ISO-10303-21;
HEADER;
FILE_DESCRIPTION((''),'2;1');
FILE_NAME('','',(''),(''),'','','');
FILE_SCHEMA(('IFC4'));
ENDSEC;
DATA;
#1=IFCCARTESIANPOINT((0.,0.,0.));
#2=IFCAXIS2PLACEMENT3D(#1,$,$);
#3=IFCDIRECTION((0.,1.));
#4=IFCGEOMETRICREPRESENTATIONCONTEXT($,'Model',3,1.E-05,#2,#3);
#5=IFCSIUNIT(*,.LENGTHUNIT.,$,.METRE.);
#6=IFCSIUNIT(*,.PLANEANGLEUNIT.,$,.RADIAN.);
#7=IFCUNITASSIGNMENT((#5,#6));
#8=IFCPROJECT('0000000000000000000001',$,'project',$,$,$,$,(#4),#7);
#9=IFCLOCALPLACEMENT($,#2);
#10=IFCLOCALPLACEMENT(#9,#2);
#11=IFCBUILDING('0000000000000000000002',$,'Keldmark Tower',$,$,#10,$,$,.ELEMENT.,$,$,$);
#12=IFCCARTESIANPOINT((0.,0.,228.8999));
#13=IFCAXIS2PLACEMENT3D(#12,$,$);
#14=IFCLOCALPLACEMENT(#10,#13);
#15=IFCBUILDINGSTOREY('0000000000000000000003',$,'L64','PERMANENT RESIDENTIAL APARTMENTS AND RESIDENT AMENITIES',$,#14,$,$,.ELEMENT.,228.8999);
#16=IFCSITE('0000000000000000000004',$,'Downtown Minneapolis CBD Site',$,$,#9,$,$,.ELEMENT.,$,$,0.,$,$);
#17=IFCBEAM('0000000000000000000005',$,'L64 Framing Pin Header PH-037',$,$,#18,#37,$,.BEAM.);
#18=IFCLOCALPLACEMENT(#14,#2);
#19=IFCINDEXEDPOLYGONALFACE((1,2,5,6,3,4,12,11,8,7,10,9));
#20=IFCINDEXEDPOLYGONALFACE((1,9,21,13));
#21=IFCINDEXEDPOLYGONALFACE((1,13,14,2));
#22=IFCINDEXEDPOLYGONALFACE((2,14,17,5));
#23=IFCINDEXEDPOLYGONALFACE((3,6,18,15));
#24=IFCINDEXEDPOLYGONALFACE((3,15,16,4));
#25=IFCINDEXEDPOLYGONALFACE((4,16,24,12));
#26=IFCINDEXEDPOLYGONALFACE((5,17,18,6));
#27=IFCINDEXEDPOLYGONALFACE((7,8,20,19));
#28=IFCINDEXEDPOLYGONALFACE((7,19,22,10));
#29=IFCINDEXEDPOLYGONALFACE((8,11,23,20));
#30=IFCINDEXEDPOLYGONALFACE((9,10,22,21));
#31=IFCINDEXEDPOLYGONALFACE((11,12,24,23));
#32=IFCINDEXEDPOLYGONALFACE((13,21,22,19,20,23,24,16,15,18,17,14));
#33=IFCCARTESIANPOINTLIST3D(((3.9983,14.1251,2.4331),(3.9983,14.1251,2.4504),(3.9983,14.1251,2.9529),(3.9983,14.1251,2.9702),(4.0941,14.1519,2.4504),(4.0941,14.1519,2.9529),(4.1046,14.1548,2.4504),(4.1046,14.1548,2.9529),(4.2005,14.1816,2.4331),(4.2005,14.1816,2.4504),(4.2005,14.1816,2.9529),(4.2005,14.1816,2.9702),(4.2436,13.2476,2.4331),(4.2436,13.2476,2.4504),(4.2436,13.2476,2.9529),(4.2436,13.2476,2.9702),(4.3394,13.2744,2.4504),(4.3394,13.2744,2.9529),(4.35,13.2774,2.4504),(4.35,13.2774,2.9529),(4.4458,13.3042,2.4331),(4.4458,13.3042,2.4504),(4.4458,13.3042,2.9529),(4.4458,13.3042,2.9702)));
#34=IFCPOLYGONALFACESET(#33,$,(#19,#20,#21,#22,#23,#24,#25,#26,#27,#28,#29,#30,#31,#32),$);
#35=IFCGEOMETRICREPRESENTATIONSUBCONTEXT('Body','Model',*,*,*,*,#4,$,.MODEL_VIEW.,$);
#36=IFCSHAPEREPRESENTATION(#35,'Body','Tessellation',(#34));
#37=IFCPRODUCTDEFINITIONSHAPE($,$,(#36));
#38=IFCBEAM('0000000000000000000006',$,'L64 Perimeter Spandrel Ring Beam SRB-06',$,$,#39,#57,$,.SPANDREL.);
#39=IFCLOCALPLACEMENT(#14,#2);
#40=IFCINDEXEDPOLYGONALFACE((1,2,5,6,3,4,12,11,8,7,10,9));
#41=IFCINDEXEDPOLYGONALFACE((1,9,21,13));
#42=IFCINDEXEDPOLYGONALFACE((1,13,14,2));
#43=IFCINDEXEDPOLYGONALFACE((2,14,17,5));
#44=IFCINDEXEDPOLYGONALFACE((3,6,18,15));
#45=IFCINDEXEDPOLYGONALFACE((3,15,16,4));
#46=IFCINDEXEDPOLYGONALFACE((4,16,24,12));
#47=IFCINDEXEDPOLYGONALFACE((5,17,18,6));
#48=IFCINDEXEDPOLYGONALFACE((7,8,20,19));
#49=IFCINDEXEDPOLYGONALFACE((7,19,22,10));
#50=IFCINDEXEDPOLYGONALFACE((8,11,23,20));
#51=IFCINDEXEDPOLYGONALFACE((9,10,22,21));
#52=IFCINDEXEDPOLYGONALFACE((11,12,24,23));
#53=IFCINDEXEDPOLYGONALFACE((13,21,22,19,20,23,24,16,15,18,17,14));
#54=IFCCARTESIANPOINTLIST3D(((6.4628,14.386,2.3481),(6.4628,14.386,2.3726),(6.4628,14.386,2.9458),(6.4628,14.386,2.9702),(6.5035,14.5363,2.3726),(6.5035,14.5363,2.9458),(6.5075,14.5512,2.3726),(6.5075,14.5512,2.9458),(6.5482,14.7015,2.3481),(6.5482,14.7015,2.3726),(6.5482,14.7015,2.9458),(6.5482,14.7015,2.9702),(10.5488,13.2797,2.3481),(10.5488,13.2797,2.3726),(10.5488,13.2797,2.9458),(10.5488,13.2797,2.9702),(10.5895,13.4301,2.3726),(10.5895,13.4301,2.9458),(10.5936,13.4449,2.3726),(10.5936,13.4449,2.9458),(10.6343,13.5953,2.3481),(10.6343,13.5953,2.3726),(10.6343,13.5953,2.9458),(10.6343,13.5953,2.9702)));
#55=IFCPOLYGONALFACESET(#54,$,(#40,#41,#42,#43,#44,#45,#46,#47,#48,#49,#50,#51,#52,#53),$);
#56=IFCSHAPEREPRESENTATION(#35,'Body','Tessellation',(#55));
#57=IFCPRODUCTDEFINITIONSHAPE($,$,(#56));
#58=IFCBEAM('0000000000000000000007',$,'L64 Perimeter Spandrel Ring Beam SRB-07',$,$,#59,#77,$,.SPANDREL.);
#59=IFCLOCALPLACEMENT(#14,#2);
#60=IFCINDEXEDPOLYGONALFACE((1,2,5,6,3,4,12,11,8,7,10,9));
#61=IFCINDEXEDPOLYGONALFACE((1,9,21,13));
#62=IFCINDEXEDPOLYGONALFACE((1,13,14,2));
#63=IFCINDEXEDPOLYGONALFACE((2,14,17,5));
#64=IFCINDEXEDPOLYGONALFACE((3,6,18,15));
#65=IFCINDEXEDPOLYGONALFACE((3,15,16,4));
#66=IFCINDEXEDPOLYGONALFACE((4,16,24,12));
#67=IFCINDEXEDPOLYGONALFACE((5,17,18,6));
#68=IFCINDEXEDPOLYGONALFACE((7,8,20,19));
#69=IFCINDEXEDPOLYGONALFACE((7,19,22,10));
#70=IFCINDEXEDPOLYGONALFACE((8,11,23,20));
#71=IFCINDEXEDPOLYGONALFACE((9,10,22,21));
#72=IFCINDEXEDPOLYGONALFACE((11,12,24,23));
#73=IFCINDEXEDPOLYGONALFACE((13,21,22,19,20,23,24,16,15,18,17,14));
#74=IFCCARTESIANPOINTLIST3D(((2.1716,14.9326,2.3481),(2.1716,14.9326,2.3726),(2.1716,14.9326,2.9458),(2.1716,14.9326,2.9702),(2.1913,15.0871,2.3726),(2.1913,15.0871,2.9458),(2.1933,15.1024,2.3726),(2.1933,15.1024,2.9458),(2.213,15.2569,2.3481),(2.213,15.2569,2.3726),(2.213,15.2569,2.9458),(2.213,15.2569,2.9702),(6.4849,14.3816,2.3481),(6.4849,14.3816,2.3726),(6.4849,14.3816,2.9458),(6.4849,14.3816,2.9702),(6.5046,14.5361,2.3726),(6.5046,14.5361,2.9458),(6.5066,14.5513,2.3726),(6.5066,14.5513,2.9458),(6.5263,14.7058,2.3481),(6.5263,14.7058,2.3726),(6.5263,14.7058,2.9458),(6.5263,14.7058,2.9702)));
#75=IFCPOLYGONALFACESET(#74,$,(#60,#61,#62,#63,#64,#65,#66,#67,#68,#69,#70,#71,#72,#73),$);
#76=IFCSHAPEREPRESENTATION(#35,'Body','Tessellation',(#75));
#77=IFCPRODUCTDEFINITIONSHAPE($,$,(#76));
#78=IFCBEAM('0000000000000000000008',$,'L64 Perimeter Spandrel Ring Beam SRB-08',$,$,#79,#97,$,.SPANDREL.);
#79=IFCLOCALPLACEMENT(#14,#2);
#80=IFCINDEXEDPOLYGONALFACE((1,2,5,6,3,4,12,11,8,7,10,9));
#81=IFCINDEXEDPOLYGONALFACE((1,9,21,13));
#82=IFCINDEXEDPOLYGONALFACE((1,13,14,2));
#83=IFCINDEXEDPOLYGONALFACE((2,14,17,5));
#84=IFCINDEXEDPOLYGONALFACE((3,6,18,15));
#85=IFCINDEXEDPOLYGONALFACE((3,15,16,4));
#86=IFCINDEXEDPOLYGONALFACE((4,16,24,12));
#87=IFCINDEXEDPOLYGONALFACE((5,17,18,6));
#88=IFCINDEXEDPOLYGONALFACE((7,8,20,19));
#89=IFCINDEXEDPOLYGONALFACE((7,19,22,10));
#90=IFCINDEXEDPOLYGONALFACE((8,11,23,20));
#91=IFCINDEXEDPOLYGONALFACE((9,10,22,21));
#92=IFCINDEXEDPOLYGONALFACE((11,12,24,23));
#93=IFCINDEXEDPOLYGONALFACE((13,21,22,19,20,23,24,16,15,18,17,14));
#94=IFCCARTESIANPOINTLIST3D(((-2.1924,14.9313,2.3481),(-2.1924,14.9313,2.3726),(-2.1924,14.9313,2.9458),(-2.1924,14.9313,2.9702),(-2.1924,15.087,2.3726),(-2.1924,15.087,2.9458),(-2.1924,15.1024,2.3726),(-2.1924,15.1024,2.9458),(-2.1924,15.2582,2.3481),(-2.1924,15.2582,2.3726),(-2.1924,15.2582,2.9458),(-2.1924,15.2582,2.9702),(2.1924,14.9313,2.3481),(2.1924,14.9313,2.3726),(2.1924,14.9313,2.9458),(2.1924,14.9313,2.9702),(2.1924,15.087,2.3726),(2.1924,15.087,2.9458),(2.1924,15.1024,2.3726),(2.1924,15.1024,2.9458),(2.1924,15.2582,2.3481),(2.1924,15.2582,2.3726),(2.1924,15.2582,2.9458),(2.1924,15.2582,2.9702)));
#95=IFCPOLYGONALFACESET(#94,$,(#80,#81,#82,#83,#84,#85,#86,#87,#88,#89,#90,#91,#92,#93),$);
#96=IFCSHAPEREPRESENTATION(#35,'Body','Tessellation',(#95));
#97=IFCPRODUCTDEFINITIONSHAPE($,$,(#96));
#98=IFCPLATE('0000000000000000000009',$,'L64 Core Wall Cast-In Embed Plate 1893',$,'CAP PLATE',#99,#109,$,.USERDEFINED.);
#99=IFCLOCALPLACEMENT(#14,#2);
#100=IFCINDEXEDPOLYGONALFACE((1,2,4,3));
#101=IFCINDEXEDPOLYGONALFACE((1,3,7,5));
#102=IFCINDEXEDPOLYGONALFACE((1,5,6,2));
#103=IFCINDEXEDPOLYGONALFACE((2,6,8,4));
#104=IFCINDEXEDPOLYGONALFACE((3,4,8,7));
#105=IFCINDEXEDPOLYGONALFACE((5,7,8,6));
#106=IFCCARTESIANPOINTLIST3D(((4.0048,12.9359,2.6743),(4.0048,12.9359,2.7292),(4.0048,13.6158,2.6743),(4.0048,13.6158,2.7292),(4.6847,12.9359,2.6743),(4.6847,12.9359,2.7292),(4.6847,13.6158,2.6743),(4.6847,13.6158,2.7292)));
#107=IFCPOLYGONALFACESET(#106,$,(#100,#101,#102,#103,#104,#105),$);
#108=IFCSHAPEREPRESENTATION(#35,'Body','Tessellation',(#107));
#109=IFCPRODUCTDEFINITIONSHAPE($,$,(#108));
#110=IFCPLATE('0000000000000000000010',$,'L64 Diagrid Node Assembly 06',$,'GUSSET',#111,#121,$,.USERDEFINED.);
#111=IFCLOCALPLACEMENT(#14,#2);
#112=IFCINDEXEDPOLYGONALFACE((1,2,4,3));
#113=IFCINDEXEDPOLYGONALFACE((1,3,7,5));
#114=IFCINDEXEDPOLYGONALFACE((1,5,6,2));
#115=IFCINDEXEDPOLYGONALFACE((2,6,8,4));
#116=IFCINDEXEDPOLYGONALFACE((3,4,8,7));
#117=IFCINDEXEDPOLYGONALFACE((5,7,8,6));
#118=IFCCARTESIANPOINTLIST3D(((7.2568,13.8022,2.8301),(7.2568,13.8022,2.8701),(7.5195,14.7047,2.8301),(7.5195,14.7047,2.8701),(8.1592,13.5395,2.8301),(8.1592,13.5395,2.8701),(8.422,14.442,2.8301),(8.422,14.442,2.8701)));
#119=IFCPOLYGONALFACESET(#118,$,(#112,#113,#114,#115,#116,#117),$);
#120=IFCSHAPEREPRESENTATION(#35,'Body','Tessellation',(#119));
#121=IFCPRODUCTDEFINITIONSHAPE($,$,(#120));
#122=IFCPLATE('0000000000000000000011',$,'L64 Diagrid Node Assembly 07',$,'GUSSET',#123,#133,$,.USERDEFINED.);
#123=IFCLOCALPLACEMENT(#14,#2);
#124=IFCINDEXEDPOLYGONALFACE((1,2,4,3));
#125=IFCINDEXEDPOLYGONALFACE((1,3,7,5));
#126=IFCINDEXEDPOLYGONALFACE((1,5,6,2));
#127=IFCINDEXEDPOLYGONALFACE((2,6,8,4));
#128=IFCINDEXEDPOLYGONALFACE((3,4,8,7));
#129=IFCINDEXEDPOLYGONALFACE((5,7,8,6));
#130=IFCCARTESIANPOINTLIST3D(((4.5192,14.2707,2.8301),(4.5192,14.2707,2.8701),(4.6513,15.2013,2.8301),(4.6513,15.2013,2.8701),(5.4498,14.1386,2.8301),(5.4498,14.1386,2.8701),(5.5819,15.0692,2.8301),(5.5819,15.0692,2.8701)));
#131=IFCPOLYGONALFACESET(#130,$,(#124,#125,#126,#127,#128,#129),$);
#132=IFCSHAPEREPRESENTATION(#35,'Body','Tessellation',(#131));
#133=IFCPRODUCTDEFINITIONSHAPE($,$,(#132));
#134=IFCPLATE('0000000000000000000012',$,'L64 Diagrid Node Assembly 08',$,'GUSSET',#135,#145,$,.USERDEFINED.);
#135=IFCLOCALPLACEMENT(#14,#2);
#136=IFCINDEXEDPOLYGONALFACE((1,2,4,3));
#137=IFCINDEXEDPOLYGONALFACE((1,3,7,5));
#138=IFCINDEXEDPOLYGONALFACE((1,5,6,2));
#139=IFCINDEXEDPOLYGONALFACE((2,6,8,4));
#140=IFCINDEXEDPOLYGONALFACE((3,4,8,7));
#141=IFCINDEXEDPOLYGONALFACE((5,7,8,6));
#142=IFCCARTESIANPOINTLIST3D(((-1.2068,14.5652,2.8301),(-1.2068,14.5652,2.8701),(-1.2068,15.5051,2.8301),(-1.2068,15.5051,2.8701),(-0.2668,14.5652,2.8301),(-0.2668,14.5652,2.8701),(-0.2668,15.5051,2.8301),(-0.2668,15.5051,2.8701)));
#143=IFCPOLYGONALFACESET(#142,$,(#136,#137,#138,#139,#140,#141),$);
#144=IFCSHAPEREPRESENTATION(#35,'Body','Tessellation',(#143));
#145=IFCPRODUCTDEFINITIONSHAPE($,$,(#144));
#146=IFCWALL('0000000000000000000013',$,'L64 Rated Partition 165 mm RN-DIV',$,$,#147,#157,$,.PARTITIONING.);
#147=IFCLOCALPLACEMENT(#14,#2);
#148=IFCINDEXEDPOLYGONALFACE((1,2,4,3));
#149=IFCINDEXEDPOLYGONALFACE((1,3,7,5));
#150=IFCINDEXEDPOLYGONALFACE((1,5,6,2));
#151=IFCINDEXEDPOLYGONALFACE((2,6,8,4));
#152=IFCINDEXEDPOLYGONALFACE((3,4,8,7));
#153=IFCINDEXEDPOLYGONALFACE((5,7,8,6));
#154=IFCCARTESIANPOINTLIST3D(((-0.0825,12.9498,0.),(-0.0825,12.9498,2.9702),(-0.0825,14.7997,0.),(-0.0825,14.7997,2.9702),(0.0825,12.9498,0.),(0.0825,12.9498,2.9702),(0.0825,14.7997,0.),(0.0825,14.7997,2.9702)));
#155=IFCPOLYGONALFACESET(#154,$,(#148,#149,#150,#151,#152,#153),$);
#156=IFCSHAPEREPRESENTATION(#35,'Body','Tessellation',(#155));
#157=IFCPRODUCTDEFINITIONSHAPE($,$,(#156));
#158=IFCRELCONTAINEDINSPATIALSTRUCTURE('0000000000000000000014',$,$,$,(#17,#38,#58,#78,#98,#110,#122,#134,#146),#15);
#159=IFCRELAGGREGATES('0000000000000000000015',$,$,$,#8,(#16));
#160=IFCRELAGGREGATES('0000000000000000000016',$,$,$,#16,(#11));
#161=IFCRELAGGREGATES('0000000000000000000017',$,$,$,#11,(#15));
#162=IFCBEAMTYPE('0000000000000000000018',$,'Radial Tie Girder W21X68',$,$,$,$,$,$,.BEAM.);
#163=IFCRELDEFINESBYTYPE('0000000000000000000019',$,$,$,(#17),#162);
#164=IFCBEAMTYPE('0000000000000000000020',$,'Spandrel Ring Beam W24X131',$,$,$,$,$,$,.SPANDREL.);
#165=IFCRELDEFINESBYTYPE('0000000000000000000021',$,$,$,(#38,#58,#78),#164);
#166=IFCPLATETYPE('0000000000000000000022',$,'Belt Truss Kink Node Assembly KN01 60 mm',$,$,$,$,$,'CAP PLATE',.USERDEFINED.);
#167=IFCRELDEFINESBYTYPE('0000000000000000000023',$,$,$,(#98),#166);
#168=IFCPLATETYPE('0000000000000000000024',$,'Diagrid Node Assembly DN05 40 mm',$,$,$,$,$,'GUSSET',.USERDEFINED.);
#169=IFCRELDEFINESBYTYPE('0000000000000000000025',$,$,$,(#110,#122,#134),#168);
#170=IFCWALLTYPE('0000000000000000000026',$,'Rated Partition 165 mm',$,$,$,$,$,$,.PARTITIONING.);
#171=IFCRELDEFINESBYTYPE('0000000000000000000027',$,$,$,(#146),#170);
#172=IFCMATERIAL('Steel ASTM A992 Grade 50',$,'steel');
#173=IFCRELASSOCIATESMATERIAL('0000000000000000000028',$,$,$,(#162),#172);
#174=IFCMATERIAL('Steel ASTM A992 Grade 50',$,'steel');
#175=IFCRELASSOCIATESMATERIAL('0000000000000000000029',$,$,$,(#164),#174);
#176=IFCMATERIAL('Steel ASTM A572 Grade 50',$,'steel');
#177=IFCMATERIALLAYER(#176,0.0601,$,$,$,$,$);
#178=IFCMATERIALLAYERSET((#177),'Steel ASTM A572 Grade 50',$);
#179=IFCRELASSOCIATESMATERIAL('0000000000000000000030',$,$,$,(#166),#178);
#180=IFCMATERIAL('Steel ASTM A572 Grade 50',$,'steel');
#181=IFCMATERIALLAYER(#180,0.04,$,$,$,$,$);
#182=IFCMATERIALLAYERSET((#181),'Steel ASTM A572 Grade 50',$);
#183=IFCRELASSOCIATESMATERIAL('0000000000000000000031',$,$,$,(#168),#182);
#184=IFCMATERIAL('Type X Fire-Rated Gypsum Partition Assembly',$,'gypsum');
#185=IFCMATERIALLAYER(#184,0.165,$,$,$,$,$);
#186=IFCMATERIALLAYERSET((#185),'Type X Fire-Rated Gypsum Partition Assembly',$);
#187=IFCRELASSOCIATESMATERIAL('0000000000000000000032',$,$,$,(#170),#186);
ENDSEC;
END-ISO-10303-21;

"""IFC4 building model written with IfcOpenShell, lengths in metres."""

from ifc_helpers import new_model, si_unit, direction, frame, frame_2d, origin, origin_2d, place, context, subcontext, project, spatial, rectangle, i_section, extrude, material, layer, layer_set, material_profile, profile_set, type_object, element, save


model = new_model("IFC4")

# Units and contexts
model_context = context("Model", 3, precision=1e-05, world=origin(), true_north=direction((0.0, 1.0)))
body_context = subcontext(model_context, "Body", "Model", "MODEL_VIEW")
ifc_project = project(units=[si_unit("LENGTHUNIT", "METRE"), si_unit("PLANEANGLEUNIT", "RADIAN")], contexts=[model_context])

# Site, building, storey
site_placement = place(None, origin())
site = spatial("IfcSite", under=ifc_project, at=site_placement, Name="Downtown Minneapolis CBD Site", CompositionType="ELEMENT", RefElevation=0.0)
building_placement = place(site_placement, origin())
building = spatial("IfcBuilding", under=site, at=building_placement, Name="Keldmark Tower", CompositionType="ELEMENT")
storey_placement = place(building_placement, frame((0.0, 0.0, 228.8999)))
storey = spatial("IfcBuildingStorey", under=building, at=storey_placement, Name="L64", Description="PERMANENT RESIDENTIAL APARTMENTS AND RESIDENT AMENITIES", CompositionType="ELEMENT", Elevation=228.8999)

# Beams
ifc_material_1 = material(Name="Steel ASTM A992 Grade 50", Category="steel")
ifc_material_profile_1 = material_profile(ifc_material_1, i_section(OverallWidth=0.21, OverallDepth=0.5371, WebThickness=0.011, FlangeThickness=0.0173, at=origin_2d()), Name="W21X68")
ifc_profile_set_1 = profile_set([ifc_material_profile_1], Name="Steel ASTM A992 Grade 50")
beam_type_1 = type_object("IfcBeamType", Name="Radial Tie Girder W21X68", PredefinedType="BEAM", material=ifc_profile_set_1)
beam_1_placement = place(storey_placement, frame((4.3447, 13.2759, 2.7017), z_axis=(-0.269302, 0.963056, 0.0), x_axis=(-0.963056, -0.269302, 0.0)))
element("IfcBeam", 1, at=beam_1_placement, inside=storey, type_object=beam_type_1, Name="L64 Framing Pin Header PH-037", PredefinedType="BEAM", context=body_context, shape_type="SweptSolid", body=[
    extrude(i_section(OverallWidth=0.21, OverallDepth=0.5371, WebThickness=0.011, FlangeThickness=0.0173, at=origin_2d()), origin(), (0.0, 0.0, 1.0), 0.9111),
])
ifc_material_2 = material(Name="Steel ASTM A992 Grade 50", Category="steel")
ifc_material_profile_2 = material_profile(ifc_material_2, i_section(OverallWidth=0.3269, OverallDepth=0.6221, WebThickness=0.0154, FlangeThickness=0.0244, at=origin_2d()), Name="W24X131")
ifc_profile_set_2 = profile_set([ifc_material_profile_2], Name="Steel ASTM A992 Grade 50")
beam_type_2 = type_object("IfcBeamType", Name="Spandrel Ring Beam W24X131", PredefinedType="SPANDREL", material=ifc_profile_set_2)
beam_2_placement = place(storey_placement, frame((10.5916, 13.4375, 2.6592), z_axis=(-0.965251, 0.261326, 0.0), x_axis=(-0.261326, -0.965251, 0.0)))
element("IfcBeam", 2, at=beam_2_placement, inside=storey, type_object=beam_type_2, Name="L64 Perimeter Spandrel Ring Beam SRB-06", PredefinedType="SPANDREL", context=body_context, shape_type="SweptSolid", body=[
    extrude(i_section(OverallWidth=0.3269, OverallDepth=0.6221, WebThickness=0.0154, FlangeThickness=0.0244, at=origin_2d()), origin(), (0.0, 0.0, 1.0), 4.2332),
])
beam_3_placement = place(storey_placement, frame((6.5056, 14.5437, 2.6592), z_axis=(-0.991938, 0.126722, 0.0), x_axis=(-0.126722, -0.991938, 0.0)))
element("IfcBeam", 3, at=beam_3_placement, inside=storey, type_object=beam_type_2, Name="L64 Perimeter Spandrel Ring Beam SRB-07", PredefinedType="SPANDREL", context=body_context, shape_type="SweptSolid", body=[
    extrude(i_section(OverallWidth=0.3269, OverallDepth=0.6221, WebThickness=0.0154, FlangeThickness=0.0244, at=origin_2d()), origin(), (0.0, 0.0, 1.0), 4.3484),
])
beam_4_placement = place(storey_placement, frame((2.1924, 15.0947, 2.6592), z_axis=(-1.0, 0.0, 0.0), x_axis=(0.0, -1.0, 0.0)))
element("IfcBeam", 4, at=beam_4_placement, inside=storey, type_object=beam_type_2, Name="L64 Perimeter Spandrel Ring Beam SRB-08", PredefinedType="SPANDREL", context=body_context, shape_type="SweptSolid", body=[
    extrude(i_section(OverallWidth=0.3269, OverallDepth=0.6221, WebThickness=0.0154, FlangeThickness=0.0244, at=origin_2d()), origin(), (0.0, 0.0, 1.0), 4.3848),
])

# Plates
ifc_material_3 = material(Name="Steel ASTM A572 Grade 50", Category="steel")
ifc_layer_1 = layer(ifc_material_3, 0.0601)
ifc_layer_set_1 = layer_set([ifc_layer_1], Name="Steel ASTM A572 Grade 50")
plate_type_1 = type_object("IfcPlateType", Name="Belt Truss Kink Node Assembly KN01 60 mm", ElementType="CAP PLATE", PredefinedType="USERDEFINED", material=ifc_layer_set_1)
plate_placement = place(storey_placement, frame((4.3447, 13.2759, 2.6743), z_axis=(0.0, 0.0, 1.0), x_axis=(1.0, 0.0, 0.0)))
element("IfcPlate", 5, at=plate_placement, inside=storey, type_object=plate_type_1, Name="L64 Core Wall Cast-In Embed Plate 1893", ObjectType="CAP PLATE", PredefinedType="USERDEFINED", context=body_context, shape_type="SweptSolid", body=[
    extrude(rectangle(XDim=0.6799, YDim=0.6799, at=origin_2d()), origin(), (0.0, 0.0, 1.0), 0.0549),
])
ifc_material_4 = material(Name="Steel ASTM A572 Grade 50", Category="steel")
ifc_layer_2 = layer(ifc_material_4, 0.04)
ifc_layer_set_2 = layer_set([ifc_layer_2], Name="Steel ASTM A572 Grade 50")
plate_type_2 = type_object("IfcPlateType", Name="Diagrid Node Assembly DN05 40 mm", ElementType="GUSSET", PredefinedType="USERDEFINED", material=ifc_layer_set_2)
for number, where, z_axis, x_axis, name in (
    (6, (7.8394, 14.1221, 2.8301), (0.0, 0.0, 1.0), (-0.960147, 0.279494, 0.0), "L64 Diagrid Node Assembly 06"),
    (7, (5.0505, 14.6699, 2.8301), (0.0, 0.0, 1.0), (-0.990073, 0.140556, 0.0), "L64 Diagrid Node Assembly 07"),
    (8, (-0.7368, 15.0352, 2.8301), (0.0, 0.0, 1.0), (-1.0, 0.0, 0.0), "L64 Diagrid Node Assembly 08"),
):
    element("IfcPlate", number, at=place(storey_placement, frame(where, z_axis=z_axis, x_axis=x_axis)), inside=storey, type_object=plate_type_2, Name=name, ObjectType="GUSSET", PredefinedType="USERDEFINED", context=body_context, shape_type="SweptSolid", body=[
        extrude(rectangle(XDim=0.9399, YDim=0.9399, at=origin_2d()), origin(), (0.0, 0.0, 1.0), 0.04),
    ])

# Wall
ifc_material_5 = material(Name="Type X Fire-Rated Gypsum Partition Assembly", Category="gypsum")
ifc_layer_3 = layer(ifc_material_5, 0.165)
ifc_layer_set_3 = layer_set([ifc_layer_3], Name="Type X Fire-Rated Gypsum Partition Assembly")
wall_type_1 = type_object("IfcWallType", Name="Rated Partition 165 mm", PredefinedType="PARTITIONING", material=ifc_layer_set_3)
wall_1_placement = place(storey_placement, frame((0.0, 12.95, 0.0), z_axis=(0.0, 0.0, 1.0), x_axis=(0.0, 1.0, 0.0)))
element("IfcWall", 9, at=wall_1_placement, inside=storey, type_object=wall_type_1, Name="L64 Rated Partition 165 mm RN-DIV", PredefinedType="PARTITIONING", context=body_context, shape_type="SweptSolid", body=[
    extrude(rectangle(XDim=1.8499, YDim=0.165, at=frame_2d((0.9248, 0.0))), origin(), (0.0, 0.0, 1.0), 2.9702),
])

save(model, "model.ifc")
